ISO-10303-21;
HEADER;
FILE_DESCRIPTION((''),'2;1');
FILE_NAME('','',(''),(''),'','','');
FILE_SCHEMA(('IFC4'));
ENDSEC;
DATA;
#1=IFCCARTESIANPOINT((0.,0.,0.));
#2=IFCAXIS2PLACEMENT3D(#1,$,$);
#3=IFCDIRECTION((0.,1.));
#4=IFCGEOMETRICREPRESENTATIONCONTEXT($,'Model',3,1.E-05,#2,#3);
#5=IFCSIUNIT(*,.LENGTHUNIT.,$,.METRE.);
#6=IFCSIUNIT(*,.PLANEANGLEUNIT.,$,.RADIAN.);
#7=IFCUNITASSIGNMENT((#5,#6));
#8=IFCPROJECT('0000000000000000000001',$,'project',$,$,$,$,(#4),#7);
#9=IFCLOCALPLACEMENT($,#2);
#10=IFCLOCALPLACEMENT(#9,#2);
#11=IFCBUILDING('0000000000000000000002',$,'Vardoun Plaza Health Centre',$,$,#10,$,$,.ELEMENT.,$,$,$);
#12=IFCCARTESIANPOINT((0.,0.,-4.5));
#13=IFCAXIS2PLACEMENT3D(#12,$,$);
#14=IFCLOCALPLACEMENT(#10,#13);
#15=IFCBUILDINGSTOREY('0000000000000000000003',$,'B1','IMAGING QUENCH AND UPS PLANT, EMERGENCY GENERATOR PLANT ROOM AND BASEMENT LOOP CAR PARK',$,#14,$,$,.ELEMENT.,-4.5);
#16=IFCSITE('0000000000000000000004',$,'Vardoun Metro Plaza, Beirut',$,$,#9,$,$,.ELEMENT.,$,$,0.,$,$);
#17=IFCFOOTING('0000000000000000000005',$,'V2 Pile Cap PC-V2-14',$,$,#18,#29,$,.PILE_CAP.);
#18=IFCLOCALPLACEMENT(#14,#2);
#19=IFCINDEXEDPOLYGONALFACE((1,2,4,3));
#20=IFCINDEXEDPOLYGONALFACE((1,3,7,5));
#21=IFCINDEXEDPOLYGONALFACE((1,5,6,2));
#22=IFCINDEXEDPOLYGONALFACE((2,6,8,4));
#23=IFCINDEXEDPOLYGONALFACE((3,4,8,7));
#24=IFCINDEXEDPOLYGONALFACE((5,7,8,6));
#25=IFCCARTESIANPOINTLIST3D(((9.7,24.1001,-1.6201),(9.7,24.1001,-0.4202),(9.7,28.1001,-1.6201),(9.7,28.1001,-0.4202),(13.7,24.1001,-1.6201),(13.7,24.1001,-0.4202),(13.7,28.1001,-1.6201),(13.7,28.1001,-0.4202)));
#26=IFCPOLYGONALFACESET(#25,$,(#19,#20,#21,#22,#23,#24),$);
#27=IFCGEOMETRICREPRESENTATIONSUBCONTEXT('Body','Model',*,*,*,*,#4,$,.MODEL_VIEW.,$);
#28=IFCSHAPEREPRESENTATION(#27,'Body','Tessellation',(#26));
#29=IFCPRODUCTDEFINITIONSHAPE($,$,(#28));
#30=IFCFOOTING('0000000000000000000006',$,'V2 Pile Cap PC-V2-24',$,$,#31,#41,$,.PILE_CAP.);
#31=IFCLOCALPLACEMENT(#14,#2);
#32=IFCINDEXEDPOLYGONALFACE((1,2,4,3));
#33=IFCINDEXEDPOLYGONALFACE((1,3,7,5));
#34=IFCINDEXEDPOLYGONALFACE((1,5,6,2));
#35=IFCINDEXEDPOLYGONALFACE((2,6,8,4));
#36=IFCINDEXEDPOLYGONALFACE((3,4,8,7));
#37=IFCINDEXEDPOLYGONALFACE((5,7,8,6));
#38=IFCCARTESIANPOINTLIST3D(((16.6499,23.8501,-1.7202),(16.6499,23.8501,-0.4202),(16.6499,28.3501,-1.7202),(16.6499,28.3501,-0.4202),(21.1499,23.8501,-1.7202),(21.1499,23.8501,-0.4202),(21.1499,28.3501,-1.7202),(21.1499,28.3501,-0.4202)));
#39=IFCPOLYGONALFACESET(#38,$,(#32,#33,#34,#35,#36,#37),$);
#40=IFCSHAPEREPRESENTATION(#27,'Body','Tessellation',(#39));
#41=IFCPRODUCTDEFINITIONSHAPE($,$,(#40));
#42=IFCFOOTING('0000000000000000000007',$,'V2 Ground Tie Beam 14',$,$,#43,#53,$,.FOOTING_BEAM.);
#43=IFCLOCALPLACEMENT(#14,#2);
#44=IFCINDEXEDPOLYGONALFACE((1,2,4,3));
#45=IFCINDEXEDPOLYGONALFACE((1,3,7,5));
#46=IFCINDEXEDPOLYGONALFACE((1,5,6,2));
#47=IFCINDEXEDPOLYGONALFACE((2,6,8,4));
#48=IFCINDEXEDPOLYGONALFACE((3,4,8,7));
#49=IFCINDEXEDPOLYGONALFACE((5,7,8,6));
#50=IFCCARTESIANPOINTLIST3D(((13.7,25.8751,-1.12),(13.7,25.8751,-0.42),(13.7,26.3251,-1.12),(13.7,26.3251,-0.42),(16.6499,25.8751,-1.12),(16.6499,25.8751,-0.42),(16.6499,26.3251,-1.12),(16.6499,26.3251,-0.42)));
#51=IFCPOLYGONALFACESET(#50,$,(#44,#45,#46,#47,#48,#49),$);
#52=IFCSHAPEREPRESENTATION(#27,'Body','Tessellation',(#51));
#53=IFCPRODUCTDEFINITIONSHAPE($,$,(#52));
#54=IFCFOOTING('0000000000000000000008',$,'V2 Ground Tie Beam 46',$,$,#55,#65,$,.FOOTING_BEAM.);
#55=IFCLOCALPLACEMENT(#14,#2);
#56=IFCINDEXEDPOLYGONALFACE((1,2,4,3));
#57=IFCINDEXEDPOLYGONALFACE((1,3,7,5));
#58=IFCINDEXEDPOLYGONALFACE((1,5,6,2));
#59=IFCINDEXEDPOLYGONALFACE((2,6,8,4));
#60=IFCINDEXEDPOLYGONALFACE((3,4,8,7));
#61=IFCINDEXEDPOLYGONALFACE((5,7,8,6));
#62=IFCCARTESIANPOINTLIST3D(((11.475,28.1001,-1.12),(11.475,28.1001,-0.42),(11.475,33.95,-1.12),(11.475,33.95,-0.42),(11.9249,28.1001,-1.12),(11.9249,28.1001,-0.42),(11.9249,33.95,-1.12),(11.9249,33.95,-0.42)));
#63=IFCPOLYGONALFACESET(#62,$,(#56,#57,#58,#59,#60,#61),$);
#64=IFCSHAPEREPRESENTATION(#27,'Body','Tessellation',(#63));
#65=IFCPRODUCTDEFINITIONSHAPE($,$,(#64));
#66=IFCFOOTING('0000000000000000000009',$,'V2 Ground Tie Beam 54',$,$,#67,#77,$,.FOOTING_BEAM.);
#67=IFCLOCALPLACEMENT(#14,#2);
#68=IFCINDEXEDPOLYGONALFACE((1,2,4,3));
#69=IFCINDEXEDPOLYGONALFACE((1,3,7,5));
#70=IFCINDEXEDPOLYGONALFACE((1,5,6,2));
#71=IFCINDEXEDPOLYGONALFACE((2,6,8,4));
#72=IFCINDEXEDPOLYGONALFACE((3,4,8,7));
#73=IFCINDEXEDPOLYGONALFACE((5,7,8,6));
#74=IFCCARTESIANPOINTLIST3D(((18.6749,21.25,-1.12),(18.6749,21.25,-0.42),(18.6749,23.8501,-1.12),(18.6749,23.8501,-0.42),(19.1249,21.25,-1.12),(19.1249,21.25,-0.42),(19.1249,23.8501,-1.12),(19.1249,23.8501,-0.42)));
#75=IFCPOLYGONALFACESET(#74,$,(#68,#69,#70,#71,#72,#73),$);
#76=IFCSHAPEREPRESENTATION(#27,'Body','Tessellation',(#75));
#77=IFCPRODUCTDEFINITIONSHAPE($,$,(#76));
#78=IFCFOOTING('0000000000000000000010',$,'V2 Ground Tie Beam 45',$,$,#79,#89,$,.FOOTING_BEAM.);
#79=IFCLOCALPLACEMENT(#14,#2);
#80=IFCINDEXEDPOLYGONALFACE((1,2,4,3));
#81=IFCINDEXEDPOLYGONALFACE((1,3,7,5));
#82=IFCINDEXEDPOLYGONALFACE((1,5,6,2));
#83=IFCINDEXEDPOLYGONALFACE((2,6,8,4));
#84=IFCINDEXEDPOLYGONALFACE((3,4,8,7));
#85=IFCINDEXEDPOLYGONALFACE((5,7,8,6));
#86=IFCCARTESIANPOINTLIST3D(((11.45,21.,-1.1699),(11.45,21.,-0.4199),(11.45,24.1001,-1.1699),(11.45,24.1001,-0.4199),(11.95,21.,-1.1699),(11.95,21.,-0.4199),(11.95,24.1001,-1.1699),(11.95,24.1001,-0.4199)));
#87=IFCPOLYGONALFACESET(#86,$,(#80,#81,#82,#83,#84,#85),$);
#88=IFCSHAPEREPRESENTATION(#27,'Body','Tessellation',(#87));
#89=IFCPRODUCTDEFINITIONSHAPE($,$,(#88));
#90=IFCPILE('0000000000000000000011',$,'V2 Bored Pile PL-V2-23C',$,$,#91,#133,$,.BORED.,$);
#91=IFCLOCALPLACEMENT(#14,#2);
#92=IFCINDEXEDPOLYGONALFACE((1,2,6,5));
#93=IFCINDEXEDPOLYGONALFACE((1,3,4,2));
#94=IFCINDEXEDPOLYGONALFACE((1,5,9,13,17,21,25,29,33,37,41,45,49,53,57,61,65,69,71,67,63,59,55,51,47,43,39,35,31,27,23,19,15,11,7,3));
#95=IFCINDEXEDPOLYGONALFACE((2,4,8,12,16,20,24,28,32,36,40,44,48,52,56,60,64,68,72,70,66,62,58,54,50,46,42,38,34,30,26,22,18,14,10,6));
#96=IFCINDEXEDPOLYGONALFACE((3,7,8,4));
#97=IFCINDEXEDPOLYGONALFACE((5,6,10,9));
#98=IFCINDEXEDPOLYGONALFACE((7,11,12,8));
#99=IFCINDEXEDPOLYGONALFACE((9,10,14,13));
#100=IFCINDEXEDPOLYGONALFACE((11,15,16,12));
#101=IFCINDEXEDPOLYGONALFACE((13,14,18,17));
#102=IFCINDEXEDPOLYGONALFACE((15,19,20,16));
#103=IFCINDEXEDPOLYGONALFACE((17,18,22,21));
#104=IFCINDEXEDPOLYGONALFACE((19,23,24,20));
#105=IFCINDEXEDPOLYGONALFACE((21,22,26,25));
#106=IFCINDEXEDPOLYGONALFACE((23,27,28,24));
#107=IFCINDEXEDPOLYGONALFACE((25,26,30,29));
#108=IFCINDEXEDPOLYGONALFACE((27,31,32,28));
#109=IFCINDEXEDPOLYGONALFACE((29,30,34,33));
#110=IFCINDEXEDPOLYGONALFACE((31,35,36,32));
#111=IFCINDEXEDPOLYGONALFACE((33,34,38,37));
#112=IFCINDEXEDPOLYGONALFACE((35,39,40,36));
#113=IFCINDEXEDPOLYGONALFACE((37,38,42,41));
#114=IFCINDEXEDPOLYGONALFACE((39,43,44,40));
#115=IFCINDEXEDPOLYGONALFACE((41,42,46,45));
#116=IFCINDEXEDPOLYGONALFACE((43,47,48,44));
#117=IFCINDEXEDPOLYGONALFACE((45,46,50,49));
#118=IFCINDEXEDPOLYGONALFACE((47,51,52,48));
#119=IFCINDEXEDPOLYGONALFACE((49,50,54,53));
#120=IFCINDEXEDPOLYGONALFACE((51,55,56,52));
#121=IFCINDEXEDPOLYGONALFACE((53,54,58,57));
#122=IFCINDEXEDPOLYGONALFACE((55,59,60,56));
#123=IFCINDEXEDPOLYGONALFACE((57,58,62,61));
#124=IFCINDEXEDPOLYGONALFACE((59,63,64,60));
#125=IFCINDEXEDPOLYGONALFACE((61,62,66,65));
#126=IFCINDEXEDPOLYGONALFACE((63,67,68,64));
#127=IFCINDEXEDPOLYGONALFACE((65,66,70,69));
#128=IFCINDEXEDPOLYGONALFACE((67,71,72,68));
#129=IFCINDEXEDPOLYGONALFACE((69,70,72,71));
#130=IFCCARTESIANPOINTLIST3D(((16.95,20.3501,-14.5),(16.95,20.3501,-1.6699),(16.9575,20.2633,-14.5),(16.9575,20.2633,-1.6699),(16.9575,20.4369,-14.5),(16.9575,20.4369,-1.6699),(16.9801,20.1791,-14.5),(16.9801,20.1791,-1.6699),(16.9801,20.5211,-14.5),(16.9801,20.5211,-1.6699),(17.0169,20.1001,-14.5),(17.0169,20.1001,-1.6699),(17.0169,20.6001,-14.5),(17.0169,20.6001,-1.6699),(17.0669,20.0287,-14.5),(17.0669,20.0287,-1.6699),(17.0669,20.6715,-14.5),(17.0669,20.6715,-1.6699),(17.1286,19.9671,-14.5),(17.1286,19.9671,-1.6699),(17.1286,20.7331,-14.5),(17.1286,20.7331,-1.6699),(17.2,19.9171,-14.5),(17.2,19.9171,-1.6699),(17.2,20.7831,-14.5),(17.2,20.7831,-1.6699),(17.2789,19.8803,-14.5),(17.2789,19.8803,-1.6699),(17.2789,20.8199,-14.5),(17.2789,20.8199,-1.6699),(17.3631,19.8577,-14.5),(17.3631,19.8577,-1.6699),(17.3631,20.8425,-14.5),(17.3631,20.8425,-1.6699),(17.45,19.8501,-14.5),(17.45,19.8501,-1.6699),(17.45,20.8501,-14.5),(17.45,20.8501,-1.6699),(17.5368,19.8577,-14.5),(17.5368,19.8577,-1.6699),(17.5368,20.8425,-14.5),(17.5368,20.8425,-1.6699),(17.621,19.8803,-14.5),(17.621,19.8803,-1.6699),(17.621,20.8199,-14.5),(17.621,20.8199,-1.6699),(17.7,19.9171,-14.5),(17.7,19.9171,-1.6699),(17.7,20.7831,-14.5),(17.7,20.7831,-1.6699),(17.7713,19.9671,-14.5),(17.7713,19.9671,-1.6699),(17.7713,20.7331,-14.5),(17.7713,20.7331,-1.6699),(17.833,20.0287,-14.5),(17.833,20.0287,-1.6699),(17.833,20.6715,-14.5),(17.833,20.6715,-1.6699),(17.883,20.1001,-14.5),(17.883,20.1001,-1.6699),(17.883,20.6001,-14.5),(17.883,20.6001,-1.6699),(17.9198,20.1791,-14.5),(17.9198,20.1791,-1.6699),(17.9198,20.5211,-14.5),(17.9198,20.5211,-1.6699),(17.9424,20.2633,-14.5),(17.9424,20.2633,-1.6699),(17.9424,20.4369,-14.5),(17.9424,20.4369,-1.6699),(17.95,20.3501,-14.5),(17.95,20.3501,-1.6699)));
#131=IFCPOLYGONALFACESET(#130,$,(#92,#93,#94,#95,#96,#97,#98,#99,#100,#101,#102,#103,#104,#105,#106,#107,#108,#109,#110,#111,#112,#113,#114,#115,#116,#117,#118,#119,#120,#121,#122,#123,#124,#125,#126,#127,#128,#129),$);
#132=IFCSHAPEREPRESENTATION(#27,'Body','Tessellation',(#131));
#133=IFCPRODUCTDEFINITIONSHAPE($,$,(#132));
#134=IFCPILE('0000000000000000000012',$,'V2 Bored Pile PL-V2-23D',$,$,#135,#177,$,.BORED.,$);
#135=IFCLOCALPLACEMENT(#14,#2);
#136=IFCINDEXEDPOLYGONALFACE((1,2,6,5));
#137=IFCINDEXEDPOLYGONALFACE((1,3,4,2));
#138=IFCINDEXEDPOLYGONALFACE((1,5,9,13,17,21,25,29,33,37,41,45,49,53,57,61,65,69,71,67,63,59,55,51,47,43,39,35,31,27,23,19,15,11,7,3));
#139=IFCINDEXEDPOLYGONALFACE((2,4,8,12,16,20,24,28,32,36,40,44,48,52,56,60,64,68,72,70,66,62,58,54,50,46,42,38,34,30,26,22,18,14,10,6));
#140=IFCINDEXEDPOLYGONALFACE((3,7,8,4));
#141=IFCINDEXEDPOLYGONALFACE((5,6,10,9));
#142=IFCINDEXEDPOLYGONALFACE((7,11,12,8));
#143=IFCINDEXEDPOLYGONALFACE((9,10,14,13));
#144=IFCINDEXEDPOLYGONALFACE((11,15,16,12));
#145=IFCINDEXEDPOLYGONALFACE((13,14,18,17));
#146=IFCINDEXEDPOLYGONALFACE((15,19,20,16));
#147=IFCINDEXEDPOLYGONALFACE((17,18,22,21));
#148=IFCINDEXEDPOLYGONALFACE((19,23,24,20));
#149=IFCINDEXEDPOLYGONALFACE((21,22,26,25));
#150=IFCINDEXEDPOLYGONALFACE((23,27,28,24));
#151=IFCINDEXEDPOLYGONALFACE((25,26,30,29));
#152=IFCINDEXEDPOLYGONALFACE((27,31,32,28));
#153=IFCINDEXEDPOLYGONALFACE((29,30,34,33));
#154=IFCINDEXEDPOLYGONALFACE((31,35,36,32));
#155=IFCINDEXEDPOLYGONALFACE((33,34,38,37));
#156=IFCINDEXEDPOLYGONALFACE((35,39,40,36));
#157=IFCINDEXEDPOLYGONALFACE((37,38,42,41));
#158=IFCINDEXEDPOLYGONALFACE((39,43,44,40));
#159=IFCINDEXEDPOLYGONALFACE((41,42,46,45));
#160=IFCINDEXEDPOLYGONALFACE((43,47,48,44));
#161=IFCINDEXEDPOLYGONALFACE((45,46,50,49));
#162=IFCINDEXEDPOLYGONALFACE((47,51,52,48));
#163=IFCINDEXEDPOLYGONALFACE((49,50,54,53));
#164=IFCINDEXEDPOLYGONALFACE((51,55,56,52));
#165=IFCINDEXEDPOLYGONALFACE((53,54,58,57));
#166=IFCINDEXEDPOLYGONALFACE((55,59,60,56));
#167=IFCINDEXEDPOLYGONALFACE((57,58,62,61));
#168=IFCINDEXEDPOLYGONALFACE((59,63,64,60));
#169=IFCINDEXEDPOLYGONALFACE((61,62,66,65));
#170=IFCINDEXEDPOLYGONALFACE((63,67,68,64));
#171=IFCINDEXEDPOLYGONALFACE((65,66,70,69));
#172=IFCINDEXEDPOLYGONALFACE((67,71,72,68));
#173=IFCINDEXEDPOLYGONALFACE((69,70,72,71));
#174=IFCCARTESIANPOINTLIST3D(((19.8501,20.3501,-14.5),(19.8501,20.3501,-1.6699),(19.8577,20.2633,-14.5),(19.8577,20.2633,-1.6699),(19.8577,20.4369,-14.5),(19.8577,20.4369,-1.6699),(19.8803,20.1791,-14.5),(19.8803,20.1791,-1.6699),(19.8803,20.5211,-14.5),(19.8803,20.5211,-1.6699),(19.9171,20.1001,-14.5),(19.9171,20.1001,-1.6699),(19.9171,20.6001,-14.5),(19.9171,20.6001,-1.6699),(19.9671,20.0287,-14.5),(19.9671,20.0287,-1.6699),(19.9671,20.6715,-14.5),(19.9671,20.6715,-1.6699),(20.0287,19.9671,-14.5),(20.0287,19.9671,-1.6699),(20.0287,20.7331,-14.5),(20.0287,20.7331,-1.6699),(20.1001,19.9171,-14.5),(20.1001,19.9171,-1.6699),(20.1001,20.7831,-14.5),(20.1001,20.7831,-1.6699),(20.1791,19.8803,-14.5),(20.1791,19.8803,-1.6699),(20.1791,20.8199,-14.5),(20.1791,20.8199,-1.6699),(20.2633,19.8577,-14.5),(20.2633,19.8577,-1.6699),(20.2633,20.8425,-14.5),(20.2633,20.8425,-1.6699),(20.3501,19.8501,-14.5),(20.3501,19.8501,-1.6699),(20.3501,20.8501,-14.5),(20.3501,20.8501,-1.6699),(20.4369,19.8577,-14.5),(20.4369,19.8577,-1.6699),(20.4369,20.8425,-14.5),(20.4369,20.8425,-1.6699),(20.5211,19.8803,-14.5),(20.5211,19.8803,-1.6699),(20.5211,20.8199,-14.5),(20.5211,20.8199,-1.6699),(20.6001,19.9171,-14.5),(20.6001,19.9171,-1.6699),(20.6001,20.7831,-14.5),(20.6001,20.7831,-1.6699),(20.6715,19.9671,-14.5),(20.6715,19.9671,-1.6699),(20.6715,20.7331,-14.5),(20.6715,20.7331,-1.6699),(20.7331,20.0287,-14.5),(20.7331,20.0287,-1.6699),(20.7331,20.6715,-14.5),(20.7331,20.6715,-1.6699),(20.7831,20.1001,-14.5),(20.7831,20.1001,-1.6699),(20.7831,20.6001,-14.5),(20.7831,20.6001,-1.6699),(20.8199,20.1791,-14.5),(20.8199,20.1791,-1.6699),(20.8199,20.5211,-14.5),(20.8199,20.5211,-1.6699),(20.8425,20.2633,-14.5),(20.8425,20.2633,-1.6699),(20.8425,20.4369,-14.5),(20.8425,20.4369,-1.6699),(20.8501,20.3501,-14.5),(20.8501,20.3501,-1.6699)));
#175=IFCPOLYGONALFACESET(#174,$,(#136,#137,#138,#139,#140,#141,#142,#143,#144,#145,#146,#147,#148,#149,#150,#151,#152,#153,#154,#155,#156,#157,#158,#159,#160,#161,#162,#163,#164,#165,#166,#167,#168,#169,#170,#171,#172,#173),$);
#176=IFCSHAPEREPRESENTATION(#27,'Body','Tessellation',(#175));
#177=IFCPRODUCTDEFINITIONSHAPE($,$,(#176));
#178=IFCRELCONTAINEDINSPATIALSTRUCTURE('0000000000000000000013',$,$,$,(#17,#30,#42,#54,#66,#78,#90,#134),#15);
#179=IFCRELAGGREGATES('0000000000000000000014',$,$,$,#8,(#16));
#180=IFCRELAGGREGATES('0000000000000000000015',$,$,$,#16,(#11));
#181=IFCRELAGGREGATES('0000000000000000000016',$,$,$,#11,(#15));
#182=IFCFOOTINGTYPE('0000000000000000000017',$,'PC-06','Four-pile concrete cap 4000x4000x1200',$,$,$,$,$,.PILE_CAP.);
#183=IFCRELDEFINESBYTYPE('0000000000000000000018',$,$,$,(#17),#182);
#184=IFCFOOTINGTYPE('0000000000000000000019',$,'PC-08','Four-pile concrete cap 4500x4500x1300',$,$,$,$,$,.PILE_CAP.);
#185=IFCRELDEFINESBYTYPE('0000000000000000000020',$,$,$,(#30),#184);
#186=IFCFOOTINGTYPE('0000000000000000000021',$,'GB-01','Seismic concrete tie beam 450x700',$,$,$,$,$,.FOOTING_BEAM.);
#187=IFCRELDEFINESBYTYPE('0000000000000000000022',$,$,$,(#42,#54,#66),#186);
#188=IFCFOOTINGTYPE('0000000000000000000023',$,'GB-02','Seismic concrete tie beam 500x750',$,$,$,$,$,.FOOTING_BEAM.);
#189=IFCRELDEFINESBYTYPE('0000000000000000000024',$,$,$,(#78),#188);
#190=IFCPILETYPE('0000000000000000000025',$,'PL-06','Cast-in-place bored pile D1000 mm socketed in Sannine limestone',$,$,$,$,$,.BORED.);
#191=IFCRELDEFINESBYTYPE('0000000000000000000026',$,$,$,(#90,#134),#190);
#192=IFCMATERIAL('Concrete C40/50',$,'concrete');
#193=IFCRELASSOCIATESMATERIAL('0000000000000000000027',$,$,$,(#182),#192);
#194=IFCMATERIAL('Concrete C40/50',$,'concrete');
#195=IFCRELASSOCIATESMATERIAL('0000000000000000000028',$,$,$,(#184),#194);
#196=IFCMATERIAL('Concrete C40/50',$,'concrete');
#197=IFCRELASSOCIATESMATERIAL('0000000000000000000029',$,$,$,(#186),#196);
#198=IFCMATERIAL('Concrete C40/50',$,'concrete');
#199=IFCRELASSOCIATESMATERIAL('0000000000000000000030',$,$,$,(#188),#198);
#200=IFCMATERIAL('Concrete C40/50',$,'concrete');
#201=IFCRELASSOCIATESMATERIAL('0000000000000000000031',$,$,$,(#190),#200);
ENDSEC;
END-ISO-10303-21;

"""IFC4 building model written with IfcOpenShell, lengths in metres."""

from ifc_helpers import new_model, si_unit, direction, frame, origin, origin_2d, place, context, subcontext, project, spatial, rectangle, circle, extrude, material, material_profile, profile_set, type_object, element, save


model = new_model("IFC4")

# Units and contexts
model_context = context("Model", 3, precision=1e-05, world=origin(), true_north=direction((0.0, 1.0)))
body_context = subcontext(model_context, "Body", "Model", "MODEL_VIEW")
ifc_project = project(units=[si_unit("LENGTHUNIT", "METRE"), si_unit("PLANEANGLEUNIT", "RADIAN")], contexts=[model_context])

# Site, building, storey
site_placement = place(None, origin())
site = spatial("IfcSite", under=ifc_project, at=site_placement, Name="Vardoun Metro Plaza, Beirut", CompositionType="ELEMENT", RefElevation=0.0)
building_placement = place(site_placement, origin())
building = spatial("IfcBuilding", under=site, at=building_placement, Name="Vardoun Plaza Health Centre", CompositionType="ELEMENT")
storey_placement = place(building_placement, frame((0.0, 0.0, -4.5)))
storey = spatial("IfcBuildingStorey", under=building, at=storey_placement, Name="B1", Description="IMAGING QUENCH AND UPS PLANT, EMERGENCY GENERATOR PLANT ROOM AND BASEMENT LOOP CAR PARK", CompositionType="ELEMENT", Elevation=-4.5)

# Footings
ifc_material_1 = material(Name="Concrete C40/50", Category="concrete")
footing_type_1 = type_object("IfcFootingType", Name="PC-06", Description="Four-pile concrete cap 4000x4000x1200", PredefinedType="PILE_CAP", material=ifc_material_1)
footing_1_placement = place(storey_placement, frame((11.7, 26.1001, -1.6201), z_axis=(0.0, 0.0, 1.0), x_axis=(1.0, 0.0, 0.0)))
element("IfcFooting", 1, at=footing_1_placement, inside=storey, type_object=footing_type_1, Name="V2 Pile Cap PC-V2-14", PredefinedType="PILE_CAP", context=body_context, shape_type="SweptSolid", body=[
    extrude(rectangle(XDim=4.0, YDim=4.0, at=origin_2d()), origin(), (0.0, 0.0, 1.0), 1.2),
])
ifc_material_2 = material(Name="Concrete C40/50", Category="concrete")
footing_type_2 = type_object("IfcFootingType", Name="PC-08", Description="Four-pile concrete cap 4500x4500x1300", PredefinedType="PILE_CAP", material=ifc_material_2)
footing_2_placement = place(storey_placement, frame((18.8999, 26.1001, -1.7202), z_axis=(0.0, 0.0, 1.0), x_axis=(1.0, 0.0, 0.0)))
element("IfcFooting", 2, at=footing_2_placement, inside=storey, type_object=footing_type_2, Name="V2 Pile Cap PC-V2-24", PredefinedType="PILE_CAP", context=body_context, shape_type="SweptSolid", body=[
    extrude(rectangle(XDim=4.5, YDim=4.5, at=origin_2d()), origin(), (0.0, 0.0, 1.0), 1.3),
])
ifc_material_3 = material(Name="Concrete C40/50", Category="concrete")
ifc_material_profile_1 = material_profile(ifc_material_3, rectangle(XDim=0.45, YDim=0.7, at=origin_2d()), Name="GB 450x700")
ifc_profile_set_1 = profile_set([ifc_material_profile_1], Name="Concrete C40/50")
footing_type_3 = type_object("IfcFootingType", Name="GB-01", Description="Seismic concrete tie beam 450x700", PredefinedType="FOOTING_BEAM", material=ifc_profile_set_1)
footing_3_placement = place(storey_placement, frame((13.7, 26.1001, -0.77), z_axis=(1.0, 0.0, 0.0), x_axis=(0.0, 1.0, 0.0)))
element("IfcFooting", 3, at=footing_3_placement, inside=storey, type_object=footing_type_3, Name="V2 Ground Tie Beam 14", PredefinedType="FOOTING_BEAM", context=body_context, shape_type="SweptSolid", body=[
    extrude(rectangle(XDim=0.45, YDim=0.7, at=origin_2d()), origin(), (0.0, 0.0, 1.0), 2.95),
])
footing_4_placement = place(storey_placement, frame((11.7, 28.1001, -0.77), z_axis=(0.0, 1.0, 0.0), x_axis=(-1.0, 0.0, 0.0)))
element("IfcFooting", 4, at=footing_4_placement, inside=storey, type_object=footing_type_3, Name="V2 Ground Tie Beam 46", PredefinedType="FOOTING_BEAM", context=body_context, shape_type="SweptSolid", body=[
    extrude(rectangle(XDim=0.45, YDim=0.7, at=origin_2d()), origin(), (0.0, 0.0, 1.0), 5.8499),
])
footing_5_placement = place(storey_placement, frame((18.8999, 21.25, -0.77), z_axis=(0.0, 1.0, 0.0), x_axis=(-1.0, 0.0, 0.0)))
element("IfcFooting", 5, at=footing_5_placement, inside=storey, type_object=footing_type_3, Name="V2 Ground Tie Beam 54", PredefinedType="FOOTING_BEAM", context=body_context, shape_type="SweptSolid", body=[
    extrude(rectangle(XDim=0.45, YDim=0.7, at=origin_2d()), origin(), (0.0, 0.0, 1.0), 2.6001),
])
ifc_material_4 = material(Name="Concrete C40/50", Category="concrete")
ifc_material_profile_2 = material_profile(ifc_material_4, rectangle(XDim=0.5, YDim=0.75, at=origin_2d()), Name="GB 500x750")
ifc_profile_set_2 = profile_set([ifc_material_profile_2], Name="Concrete C40/50")
footing_type_4 = type_object("IfcFootingType", Name="GB-02", Description="Seismic concrete tie beam 500x750", PredefinedType="FOOTING_BEAM", material=ifc_profile_set_2)
footing_6_placement = place(storey_placement, frame((11.7, 21.0, -0.7949), z_axis=(0.0, 1.0, 0.0), x_axis=(-1.0, 0.0, 0.0)))
element("IfcFooting", 6, at=footing_6_placement, inside=storey, type_object=footing_type_4, Name="V2 Ground Tie Beam 45", PredefinedType="FOOTING_BEAM", context=body_context, shape_type="SweptSolid", body=[
    extrude(rectangle(XDim=0.5, YDim=0.75, at=origin_2d()), origin(), (0.0, 0.0, 1.0), 3.1001),
])

# Piles
ifc_material_5 = material(Name="Concrete C40/50", Category="concrete")
ifc_material_profile_3 = material_profile(ifc_material_5, circle(Radius=0.5, at=origin_2d()), Name="PILE D1000")
ifc_profile_set_3 = profile_set([ifc_material_profile_3], Name="Concrete C40/50")
pile_type_1 = type_object("IfcPileType", Name="PL-06", Description="Cast-in-place bored pile D1000 mm socketed in Sannine limestone", PredefinedType="BORED", material=ifc_profile_set_3)
for number, where, z_axis, x_axis, name in (
    (7, (17.45, 20.3501, -1.6699), (0.0, 0.0, -1.0), (1.0, 0.0, 0.0), "V2 Bored Pile PL-V2-23C"),
    (8, (20.3501, 20.3501, -1.6699), (0.0, 0.0, -1.0), (1.0, 0.0, 0.0), "V2 Bored Pile PL-V2-23D"),
):
    element("IfcPile", number, at=place(storey_placement, frame(where, z_axis=z_axis, x_axis=x_axis)), inside=storey, type_object=pile_type_1, Name=name, PredefinedType="BORED", context=body_context, shape_type="SweptSolid", body=[
        extrude(circle(Radius=0.5, at=origin_2d()), origin(), (0.0, 0.0, 1.0), 12.8301),
    ])

save(model, "model.ifc")
